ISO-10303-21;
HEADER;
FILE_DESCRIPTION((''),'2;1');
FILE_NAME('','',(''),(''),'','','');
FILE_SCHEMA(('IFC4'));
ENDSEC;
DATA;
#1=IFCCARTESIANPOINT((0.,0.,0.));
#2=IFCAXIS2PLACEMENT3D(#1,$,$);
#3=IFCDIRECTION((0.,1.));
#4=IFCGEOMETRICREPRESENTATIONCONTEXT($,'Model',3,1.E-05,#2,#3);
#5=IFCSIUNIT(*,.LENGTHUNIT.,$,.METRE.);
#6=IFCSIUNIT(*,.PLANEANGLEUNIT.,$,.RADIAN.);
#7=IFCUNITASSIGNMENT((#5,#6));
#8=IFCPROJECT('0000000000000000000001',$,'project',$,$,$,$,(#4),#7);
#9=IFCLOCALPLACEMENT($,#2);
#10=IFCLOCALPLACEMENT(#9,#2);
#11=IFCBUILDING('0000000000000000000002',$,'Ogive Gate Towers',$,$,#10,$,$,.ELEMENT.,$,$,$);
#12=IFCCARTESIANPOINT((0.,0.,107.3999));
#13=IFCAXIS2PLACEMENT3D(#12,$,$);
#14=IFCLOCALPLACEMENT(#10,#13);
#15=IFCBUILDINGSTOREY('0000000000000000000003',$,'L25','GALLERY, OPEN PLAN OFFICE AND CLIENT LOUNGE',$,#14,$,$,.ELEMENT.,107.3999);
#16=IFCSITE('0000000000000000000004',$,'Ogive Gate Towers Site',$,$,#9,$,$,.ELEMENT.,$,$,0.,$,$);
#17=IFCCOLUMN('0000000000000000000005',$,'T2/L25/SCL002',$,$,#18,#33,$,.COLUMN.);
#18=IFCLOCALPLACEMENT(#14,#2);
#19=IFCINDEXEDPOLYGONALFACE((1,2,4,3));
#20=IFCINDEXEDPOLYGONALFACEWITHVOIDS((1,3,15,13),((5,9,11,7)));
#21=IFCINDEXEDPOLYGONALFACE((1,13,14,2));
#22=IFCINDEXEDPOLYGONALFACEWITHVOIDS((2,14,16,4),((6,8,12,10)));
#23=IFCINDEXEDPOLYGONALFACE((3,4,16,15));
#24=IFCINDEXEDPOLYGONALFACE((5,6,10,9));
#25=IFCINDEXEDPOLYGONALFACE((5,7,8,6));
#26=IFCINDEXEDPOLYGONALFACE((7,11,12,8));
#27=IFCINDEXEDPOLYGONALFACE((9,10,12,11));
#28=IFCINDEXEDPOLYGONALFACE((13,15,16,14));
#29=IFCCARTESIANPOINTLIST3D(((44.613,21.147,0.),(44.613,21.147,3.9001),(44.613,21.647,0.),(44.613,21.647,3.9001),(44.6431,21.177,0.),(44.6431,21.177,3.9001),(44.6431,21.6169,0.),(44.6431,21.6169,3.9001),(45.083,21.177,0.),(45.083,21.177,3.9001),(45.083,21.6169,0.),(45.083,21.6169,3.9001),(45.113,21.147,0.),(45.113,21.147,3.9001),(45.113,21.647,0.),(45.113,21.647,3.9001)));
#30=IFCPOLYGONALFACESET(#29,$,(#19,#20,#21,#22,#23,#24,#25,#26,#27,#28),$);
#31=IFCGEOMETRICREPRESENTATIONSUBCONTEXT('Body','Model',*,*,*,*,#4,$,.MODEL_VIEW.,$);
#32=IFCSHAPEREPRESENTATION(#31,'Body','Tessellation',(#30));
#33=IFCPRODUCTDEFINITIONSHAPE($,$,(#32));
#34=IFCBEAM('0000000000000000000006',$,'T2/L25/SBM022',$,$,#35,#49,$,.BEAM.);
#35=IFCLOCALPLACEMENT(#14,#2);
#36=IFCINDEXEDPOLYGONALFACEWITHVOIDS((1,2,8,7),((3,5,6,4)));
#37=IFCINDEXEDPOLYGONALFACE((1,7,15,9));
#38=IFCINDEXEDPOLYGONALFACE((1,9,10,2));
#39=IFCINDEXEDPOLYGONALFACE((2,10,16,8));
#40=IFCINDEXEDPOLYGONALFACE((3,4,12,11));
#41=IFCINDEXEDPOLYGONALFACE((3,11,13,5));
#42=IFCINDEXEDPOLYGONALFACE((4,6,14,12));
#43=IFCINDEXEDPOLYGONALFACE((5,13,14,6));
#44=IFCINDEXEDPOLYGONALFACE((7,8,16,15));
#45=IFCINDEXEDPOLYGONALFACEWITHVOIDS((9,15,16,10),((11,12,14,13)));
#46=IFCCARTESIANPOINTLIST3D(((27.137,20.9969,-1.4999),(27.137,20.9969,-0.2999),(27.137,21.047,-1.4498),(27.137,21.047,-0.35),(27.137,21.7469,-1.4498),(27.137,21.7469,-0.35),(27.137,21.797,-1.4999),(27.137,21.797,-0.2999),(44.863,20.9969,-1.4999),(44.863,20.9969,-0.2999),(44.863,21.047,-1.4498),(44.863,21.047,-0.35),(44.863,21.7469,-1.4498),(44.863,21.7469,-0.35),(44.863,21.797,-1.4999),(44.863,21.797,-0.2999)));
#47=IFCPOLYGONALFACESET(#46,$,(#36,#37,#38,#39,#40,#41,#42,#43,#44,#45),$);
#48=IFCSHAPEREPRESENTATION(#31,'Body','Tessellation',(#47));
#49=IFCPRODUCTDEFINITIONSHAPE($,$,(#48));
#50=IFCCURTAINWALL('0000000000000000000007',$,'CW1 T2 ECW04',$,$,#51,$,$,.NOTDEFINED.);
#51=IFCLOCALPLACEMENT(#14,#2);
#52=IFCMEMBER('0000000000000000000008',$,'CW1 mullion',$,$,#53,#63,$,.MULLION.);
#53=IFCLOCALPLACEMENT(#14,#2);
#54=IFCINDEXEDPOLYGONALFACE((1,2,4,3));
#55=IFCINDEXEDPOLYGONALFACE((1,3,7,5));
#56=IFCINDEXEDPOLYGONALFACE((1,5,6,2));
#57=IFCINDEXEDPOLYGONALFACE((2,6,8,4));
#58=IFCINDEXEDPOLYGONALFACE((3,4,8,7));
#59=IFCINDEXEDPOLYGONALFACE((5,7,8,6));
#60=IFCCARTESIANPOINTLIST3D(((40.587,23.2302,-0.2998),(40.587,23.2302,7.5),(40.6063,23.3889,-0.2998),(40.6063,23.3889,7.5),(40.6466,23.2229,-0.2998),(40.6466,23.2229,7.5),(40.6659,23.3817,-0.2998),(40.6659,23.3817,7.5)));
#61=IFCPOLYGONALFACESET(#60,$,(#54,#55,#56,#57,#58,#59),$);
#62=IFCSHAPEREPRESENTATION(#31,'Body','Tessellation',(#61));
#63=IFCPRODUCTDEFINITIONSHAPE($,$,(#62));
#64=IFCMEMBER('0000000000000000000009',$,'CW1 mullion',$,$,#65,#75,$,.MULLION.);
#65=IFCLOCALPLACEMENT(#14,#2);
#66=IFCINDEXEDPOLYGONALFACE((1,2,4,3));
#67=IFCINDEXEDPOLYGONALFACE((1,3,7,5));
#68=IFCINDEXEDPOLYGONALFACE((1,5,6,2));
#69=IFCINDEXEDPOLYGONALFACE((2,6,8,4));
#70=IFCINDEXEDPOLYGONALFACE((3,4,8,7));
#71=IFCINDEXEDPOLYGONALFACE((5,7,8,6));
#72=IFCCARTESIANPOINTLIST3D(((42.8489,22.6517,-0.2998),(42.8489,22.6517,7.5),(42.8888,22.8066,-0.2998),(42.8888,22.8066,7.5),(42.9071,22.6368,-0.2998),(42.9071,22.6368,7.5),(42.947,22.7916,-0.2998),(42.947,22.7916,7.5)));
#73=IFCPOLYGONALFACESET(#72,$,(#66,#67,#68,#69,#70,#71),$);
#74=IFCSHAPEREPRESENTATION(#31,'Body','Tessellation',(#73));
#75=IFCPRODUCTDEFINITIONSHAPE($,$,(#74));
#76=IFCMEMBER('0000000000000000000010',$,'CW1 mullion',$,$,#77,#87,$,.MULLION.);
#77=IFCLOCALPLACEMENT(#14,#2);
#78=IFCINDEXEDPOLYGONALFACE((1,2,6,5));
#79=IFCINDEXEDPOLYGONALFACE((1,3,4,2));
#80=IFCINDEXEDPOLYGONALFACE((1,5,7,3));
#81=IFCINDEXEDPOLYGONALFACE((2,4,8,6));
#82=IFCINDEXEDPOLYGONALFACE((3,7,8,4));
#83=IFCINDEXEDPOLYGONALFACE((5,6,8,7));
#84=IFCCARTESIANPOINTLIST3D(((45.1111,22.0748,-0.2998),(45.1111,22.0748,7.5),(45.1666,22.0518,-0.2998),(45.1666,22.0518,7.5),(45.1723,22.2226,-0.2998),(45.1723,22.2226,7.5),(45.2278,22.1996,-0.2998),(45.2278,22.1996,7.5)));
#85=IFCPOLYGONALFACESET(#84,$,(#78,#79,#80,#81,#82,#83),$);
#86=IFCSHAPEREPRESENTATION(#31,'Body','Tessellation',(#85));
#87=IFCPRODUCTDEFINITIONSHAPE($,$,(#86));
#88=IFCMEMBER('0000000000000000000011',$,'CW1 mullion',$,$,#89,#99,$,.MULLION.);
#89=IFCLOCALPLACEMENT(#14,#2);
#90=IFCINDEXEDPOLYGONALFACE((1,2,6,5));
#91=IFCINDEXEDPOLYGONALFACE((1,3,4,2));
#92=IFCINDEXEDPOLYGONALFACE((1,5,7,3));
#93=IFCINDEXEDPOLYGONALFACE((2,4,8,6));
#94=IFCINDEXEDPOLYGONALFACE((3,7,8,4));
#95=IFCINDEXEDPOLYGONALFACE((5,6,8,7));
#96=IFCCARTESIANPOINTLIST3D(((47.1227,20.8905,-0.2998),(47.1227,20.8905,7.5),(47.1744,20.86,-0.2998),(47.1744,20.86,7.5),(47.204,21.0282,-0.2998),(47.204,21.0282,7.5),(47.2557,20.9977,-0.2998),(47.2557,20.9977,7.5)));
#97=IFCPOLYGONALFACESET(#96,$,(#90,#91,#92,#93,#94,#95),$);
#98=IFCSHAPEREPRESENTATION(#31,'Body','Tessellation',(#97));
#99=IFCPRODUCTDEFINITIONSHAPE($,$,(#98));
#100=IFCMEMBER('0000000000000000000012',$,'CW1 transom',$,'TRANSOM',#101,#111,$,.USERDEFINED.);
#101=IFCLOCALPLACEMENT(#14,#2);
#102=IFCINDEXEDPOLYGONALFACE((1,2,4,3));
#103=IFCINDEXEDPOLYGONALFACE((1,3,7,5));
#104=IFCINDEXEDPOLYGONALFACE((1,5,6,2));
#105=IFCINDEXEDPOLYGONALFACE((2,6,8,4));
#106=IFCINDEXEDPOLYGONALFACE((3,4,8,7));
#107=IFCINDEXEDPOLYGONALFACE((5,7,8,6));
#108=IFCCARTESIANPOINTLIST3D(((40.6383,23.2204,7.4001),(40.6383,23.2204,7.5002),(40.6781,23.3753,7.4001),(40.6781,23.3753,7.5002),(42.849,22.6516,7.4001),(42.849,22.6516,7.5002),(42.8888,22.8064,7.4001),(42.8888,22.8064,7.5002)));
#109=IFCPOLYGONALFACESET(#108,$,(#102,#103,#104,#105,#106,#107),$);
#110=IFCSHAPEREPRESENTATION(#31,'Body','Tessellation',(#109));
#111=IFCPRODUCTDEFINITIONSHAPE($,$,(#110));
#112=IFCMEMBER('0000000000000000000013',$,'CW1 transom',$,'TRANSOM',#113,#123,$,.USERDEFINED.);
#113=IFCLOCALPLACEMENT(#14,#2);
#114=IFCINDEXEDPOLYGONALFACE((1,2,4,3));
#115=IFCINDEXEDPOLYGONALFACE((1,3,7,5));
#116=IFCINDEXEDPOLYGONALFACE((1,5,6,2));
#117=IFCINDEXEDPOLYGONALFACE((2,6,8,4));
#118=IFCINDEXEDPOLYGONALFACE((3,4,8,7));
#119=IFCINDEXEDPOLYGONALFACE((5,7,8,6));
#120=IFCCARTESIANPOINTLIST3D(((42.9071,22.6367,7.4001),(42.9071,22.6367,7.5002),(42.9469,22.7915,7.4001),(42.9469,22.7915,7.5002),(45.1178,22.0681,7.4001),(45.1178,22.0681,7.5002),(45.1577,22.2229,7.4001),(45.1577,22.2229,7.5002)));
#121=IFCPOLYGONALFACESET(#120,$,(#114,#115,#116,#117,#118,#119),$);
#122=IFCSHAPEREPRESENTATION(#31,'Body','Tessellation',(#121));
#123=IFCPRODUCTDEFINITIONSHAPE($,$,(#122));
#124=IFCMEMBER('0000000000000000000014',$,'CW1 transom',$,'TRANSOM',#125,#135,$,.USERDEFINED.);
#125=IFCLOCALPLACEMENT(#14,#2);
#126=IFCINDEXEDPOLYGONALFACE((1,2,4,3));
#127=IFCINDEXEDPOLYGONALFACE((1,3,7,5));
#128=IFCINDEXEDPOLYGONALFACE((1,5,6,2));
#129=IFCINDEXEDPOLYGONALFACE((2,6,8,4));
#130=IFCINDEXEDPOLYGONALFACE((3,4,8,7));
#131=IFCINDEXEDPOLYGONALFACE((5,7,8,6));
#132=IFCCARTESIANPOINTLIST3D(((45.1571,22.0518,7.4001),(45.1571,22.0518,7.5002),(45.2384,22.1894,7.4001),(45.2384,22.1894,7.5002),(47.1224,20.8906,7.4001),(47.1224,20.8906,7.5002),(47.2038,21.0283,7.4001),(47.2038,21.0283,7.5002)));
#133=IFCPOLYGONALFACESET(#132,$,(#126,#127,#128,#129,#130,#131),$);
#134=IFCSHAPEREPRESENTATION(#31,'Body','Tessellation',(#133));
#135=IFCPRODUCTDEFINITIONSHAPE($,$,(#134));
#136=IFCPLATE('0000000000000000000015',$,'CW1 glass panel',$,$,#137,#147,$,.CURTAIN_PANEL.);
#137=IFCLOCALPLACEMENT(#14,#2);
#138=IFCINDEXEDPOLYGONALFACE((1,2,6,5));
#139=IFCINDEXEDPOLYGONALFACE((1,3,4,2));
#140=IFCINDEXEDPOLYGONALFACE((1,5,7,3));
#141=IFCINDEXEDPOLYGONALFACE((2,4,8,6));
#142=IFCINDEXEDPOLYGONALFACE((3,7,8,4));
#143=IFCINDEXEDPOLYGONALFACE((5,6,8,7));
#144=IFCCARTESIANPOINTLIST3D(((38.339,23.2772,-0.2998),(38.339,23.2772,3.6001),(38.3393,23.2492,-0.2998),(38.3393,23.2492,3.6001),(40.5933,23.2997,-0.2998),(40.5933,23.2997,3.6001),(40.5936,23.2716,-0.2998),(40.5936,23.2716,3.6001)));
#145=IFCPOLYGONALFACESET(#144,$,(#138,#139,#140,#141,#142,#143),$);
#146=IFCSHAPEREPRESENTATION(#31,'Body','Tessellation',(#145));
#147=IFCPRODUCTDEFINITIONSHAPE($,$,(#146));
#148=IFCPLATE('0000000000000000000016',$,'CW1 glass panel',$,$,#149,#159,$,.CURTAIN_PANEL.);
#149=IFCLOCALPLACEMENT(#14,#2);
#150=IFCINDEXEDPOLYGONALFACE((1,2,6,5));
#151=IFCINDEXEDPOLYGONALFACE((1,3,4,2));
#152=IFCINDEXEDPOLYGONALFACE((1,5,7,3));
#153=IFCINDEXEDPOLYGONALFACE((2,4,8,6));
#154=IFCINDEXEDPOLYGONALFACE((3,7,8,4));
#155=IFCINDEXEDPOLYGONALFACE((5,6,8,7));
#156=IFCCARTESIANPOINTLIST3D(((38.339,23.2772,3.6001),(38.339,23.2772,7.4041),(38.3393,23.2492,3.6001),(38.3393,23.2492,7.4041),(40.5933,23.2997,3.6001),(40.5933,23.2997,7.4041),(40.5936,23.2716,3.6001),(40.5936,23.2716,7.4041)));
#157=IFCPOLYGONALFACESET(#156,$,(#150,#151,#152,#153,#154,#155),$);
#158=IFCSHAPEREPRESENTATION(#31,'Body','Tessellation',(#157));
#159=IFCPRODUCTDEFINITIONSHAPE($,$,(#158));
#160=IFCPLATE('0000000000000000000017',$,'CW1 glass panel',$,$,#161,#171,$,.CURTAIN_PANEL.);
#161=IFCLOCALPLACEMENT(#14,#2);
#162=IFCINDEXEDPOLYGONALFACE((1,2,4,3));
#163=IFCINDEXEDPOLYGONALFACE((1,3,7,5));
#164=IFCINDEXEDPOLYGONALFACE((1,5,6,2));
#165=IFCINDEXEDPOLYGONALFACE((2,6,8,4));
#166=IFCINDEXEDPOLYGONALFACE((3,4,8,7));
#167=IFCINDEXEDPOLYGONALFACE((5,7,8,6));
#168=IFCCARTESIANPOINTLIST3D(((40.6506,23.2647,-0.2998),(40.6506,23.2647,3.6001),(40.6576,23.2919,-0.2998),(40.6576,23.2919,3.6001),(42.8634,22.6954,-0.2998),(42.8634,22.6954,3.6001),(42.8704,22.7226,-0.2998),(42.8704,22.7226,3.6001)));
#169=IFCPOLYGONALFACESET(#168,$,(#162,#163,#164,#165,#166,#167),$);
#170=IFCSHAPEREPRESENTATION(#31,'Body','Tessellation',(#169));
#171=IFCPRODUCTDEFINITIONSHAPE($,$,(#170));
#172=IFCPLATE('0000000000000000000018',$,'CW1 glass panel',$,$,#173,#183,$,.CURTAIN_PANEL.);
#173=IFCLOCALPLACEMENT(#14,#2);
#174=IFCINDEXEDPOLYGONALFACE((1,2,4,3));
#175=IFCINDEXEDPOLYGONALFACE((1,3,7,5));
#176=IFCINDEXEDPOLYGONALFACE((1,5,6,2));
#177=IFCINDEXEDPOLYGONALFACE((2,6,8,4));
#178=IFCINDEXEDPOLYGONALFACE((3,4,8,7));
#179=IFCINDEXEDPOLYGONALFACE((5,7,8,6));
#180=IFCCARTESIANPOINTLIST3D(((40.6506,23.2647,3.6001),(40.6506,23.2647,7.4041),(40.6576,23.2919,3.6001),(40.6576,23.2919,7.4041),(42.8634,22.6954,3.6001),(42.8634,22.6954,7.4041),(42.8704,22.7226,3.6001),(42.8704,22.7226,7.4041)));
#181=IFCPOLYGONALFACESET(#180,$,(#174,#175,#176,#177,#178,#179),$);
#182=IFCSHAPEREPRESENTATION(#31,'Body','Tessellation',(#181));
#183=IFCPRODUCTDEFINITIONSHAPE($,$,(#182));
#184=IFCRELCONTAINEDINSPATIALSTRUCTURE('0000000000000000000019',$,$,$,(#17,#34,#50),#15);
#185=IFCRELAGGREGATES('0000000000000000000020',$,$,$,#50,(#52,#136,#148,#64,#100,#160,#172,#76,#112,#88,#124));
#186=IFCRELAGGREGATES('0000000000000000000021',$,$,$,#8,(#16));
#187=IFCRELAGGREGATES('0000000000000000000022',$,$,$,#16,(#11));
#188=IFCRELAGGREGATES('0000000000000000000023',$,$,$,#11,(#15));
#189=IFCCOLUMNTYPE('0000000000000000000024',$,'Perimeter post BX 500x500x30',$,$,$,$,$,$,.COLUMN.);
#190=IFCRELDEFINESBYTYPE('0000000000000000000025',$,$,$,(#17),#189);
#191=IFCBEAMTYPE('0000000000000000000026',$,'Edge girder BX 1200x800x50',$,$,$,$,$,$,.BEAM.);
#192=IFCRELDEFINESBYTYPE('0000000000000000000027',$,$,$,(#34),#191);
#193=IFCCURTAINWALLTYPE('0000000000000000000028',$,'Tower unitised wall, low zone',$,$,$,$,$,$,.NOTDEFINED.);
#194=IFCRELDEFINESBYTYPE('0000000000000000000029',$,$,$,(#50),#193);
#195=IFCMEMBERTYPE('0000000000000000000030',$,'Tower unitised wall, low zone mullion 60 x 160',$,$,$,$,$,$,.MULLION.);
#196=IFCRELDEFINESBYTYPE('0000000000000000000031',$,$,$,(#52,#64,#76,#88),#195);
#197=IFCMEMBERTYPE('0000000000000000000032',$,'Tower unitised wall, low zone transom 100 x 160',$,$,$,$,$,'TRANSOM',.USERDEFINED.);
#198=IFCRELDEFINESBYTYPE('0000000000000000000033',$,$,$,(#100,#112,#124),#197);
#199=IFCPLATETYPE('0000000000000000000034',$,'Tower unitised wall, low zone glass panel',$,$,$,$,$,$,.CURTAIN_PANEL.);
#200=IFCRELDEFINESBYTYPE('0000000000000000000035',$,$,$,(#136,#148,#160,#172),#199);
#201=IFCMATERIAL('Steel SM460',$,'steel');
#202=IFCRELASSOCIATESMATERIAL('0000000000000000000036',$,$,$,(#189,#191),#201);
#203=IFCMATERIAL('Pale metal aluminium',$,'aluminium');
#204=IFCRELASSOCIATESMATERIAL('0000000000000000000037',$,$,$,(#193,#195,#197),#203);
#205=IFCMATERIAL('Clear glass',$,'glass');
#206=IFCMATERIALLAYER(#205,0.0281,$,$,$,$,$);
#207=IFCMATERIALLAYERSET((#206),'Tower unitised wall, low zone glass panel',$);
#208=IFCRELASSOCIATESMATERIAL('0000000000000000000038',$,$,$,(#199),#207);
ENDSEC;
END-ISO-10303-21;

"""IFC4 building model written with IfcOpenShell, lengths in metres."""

from ifc_helpers import new_model, si_unit, direction, frame, origin, origin_2d, place, context, subcontext, project, spatial, rectangle, hollow_rectangle, extrude, material, layer, layer_set, material_profile, profile_set, type_object, element, aggregate, save


model = new_model("IFC4")

# Units and contexts
model_context = context("Model", 3, precision=1e-05, world=origin(), true_north=direction((0.0, 1.0)))
body_context = subcontext(model_context, "Body", "Model", "MODEL_VIEW")
ifc_project = project(units=[si_unit("LENGTHUNIT", "METRE"), si_unit("PLANEANGLEUNIT", "RADIAN")], contexts=[model_context])

# Site, building, storey
site_placement = place(None, origin())
site = spatial("IfcSite", under=ifc_project, at=site_placement, Name="Ogive Gate Towers Site", CompositionType="ELEMENT", RefElevation=0.0)
building_placement = place(site_placement, origin())
building = spatial("IfcBuilding", under=site, at=building_placement, Name="Ogive Gate Towers", CompositionType="ELEMENT")
storey_placement = place(building_placement, frame((0.0, 0.0, 107.3999)))
storey = spatial("IfcBuildingStorey", under=building, at=storey_placement, Name="L25", Description="GALLERY, OPEN PLAN OFFICE AND CLIENT LOUNGE", CompositionType="ELEMENT", Elevation=107.3999)

# Column
ifc_material_1 = material(Name="Steel SM460", Category="steel")
ifc_material_profile_1 = material_profile(ifc_material_1, hollow_rectangle(XDim=0.5, YDim=0.5, WallThickness=0.03, at=origin_2d()), Name="BX 500x500x30")
ifc_profile_set_1 = profile_set([ifc_material_profile_1], Name="Steel SM460")
column_type = type_object("IfcColumnType", Name="Perimeter post BX 500x500x30", PredefinedType="COLUMN", material=ifc_profile_set_1)
column_placement = place(storey_placement, frame((44.863, 21.397, 0.0), z_axis=(0.0, 0.0, 1.0), x_axis=(1.0, 0.0, 0.0)))
element("IfcColumn", 1, at=column_placement, inside=storey, type_object=column_type, Name="T2/L25/SCL002", PredefinedType="COLUMN", context=body_context, shape_type="SweptSolid", body=[
    extrude(hollow_rectangle(XDim=0.5, YDim=0.5, WallThickness=0.03, at=origin_2d()), origin(), (0.0, 0.0, 1.0), 3.9001),
])

# Beam
ifc_material_profile_2 = material_profile(ifc_material_1, hollow_rectangle(XDim=0.8, YDim=1.2, WallThickness=0.05, at=origin_2d()), Name="BX 1200x800x50")
ifc_profile_set_2 = profile_set([ifc_material_profile_2], Name="Steel SM460")
beam_type = type_object("IfcBeamType", Name="Edge girder BX 1200x800x50", PredefinedType="BEAM", material=ifc_profile_set_2)
beam_placement = place(storey_placement, frame((44.863, 21.397, -0.8999), z_axis=(-1.0, 0.0, 0.0), x_axis=(0.0, -1.0, 0.0)))
element("IfcBeam", 2, at=beam_placement, inside=storey, type_object=beam_type, Name="T2/L25/SBM022", PredefinedType="BEAM", context=body_context, shape_type="SweptSolid", body=[
    extrude(hollow_rectangle(XDim=0.8, YDim=1.2, WallThickness=0.05, at=origin_2d()), origin(), (0.0, 0.0, 1.0), 17.7261),
])

# Curtain wall, members, plates
ifc_material_2 = material(Name="Pale metal aluminium", Category="aluminium")
curtain_wall_type = type_object("IfcCurtainWallType", Name="Tower unitised wall, low zone", PredefinedType="NOTDEFINED", material=ifc_material_2)
curtain_wall_placement = place(storey_placement, origin())
curtain_wall = element("IfcCurtainWall", 3, at=curtain_wall_placement, inside=storey, type_object=curtain_wall_type, Name="CW1 T2 ECW04", PredefinedType="NOTDEFINED")
ifc_material_profile_3 = material_profile(ifc_material_2, rectangle(XDim=0.1599, YDim=0.0601, at=origin_2d()), Name="60 x 160 aluminium box")
ifc_profile_set_3 = profile_set([ifc_material_profile_3], Name="Pale metal aluminium")
member_type_1 = type_object("IfcMemberType", Name="Tower unitised wall, low zone mullion 60 x 160", PredefinedType="MULLION", material=ifc_profile_set_3)
member_1_placement = place(storey_placement, frame((40.6265, 23.3059, -0.2998), z_axis=(0.0, 0.0, 1.0), x_axis=(-0.120639, -0.992696, 0.0)))
member_1 = element("IfcMember", 4, at=member_1_placement, type_object=member_type_1, Name="CW1 mullion", PredefinedType="MULLION", context=body_context, shape_type="SweptSolid", body=[
    extrude(rectangle(XDim=0.1599, YDim=0.0601, at=origin_2d()), origin(), (0.0, 0.0, 1.0), 7.7998),
])
member_2_placement = place(storey_placement, frame((42.8979, 22.7217, -0.2998), z_axis=(0.0, 0.0, 1.0), x_axis=(-0.249129, -0.96847, 0.0)))
member_2 = element("IfcMember", 5, at=member_2_placement, type_object=member_type_1, Name="CW1 mullion", PredefinedType="MULLION", context=body_context, shape_type="SweptSolid", body=[
    extrude(rectangle(XDim=0.1599, YDim=0.0601, at=origin_2d()), origin(), (0.0, 0.0, 1.0), 7.7998),
])
member_3_placement = place(storey_placement, frame((45.1694, 22.1372, -0.2998), z_axis=(0.0, 0.0, 1.0), x_axis=(-0.382667, -0.923886, 0.0)))
member_3 = element("IfcMember", 6, at=member_3_placement, type_object=member_type_1, Name="CW1 mullion", PredefinedType="MULLION", context=body_context, shape_type="SweptSolid", body=[
    extrude(rectangle(XDim=0.1599, YDim=0.0601, at=origin_2d()), origin(), (0.0, 0.0, 1.0), 7.7998),
])
member_4_placement = place(storey_placement, frame((47.1892, 20.9441, -0.2998), z_axis=(0.0, 0.0, 1.0), x_axis=(-0.508651, -0.860973, 0.0)))
member_4 = element("IfcMember", 7, at=member_4_placement, type_object=member_type_1, Name="CW1 mullion", PredefinedType="MULLION", context=body_context, shape_type="SweptSolid", body=[
    extrude(rectangle(XDim=0.1599, YDim=0.0601, at=origin_2d()), origin(), (0.0, 0.0, 1.0), 7.7998),
])
ifc_material_profile_4 = material_profile(ifc_material_2, rectangle(XDim=0.1599, YDim=0.1001, at=origin_2d()), Name="100 x 160 aluminium box")
ifc_profile_set_4 = profile_set([ifc_material_profile_4], Name="Pale metal aluminium")
member_type_2 = type_object("IfcMemberType", Name="Tower unitised wall, low zone transom 100 x 160", ElementType="TRANSOM", PredefinedType="USERDEFINED", material=ifc_profile_set_4)
member_5_placement = place(storey_placement, frame((40.6582, 23.2979, 7.4502), z_axis=(0.968452, -0.249199, 0.0), x_axis=(0.249199, 0.968452, 0.0)))
member_5 = element("IfcMember", 8, at=member_5_placement, type_object=member_type_2, Name="CW1 transom", ObjectType="TRANSOM", PredefinedType="USERDEFINED", context=body_context, shape_type="SweptSolid", body=[
    extrude(rectangle(XDim=0.1599, YDim=0.1001, at=origin_2d()), origin(), (0.0, 0.0, 1.0), 2.2827),
])
member_6_placement = place(storey_placement, frame((42.927, 22.7141, 7.4502), z_axis=(0.968478, -0.249098, 0.0), x_axis=(0.249098, 0.968478, 0.0)))
member_6 = element("IfcMember", 9, at=member_6_placement, type_object=member_type_2, Name="CW1 transom", ObjectType="TRANSOM", PredefinedType="USERDEFINED", context=body_context, shape_type="SweptSolid", body=[
    extrude(rectangle(XDim=0.1599, YDim=0.1001, at=origin_2d()), origin(), (0.0, 0.0, 1.0), 2.2827),
])
member_7_placement = place(storey_placement, frame((45.1978, 22.1206, 7.4502), z_axis=(0.860965, -0.508664, 0.0), x_axis=(0.508664, 0.860965, 0.0)))
member_7 = element("IfcMember", 10, at=member_7_placement, type_object=member_type_2, Name="CW1 transom", ObjectType="TRANSOM", PredefinedType="USERDEFINED", context=body_context, shape_type="SweptSolid", body=[
    extrude(rectangle(XDim=0.1599, YDim=0.1001, at=origin_2d()), origin(), (0.0, 0.0, 1.0), 2.2827),
])
ifc_material_3 = material(Name="Clear glass", Category="glass")
ifc_layer_1 = layer(ifc_material_3, 0.0281)
ifc_layer_set_1 = layer_set([ifc_layer_1], Name="Tower unitised wall, low zone glass panel")
plate_type = type_object("IfcPlateType", Name="Tower unitised wall, low zone glass panel", PredefinedType="CURTAIN_PANEL", material=ifc_layer_set_1)
plate_1_placement = place(storey_placement, frame((39.4663, 23.2744, -0.2998), z_axis=(0.0, 0.0, 1.0), x_axis=(0.999951, 0.009948, 0.0)))
plate_1 = element("IfcPlate", 11, at=plate_1_placement, type_object=plate_type, Name="CW1 glass panel", PredefinedType="CURTAIN_PANEL", context=body_context, shape_type="SweptSolid", body=[
    extrude(rectangle(XDim=2.2544, YDim=0.0281, at=origin_2d()), origin(), (0.0, 0.0, 1.0), 3.8999),
])
plate_2_placement = place(storey_placement, frame((39.4663, 23.2744, 3.6001), z_axis=(0.0, 0.0, 1.0), x_axis=(0.999951, 0.009948, 0.0)))
plate_2 = element("IfcPlate", 12, at=plate_2_placement, type_object=plate_type, Name="CW1 glass panel", PredefinedType="CURTAIN_PANEL", context=body_context, shape_type="SweptSolid", body=[
    extrude(rectangle(XDim=2.2544, YDim=0.0281, at=origin_2d()), origin(), (0.0, 0.0, 1.0), 3.804),
])
plate_3_placement = place(storey_placement, frame((41.7605, 22.9937, -0.2998), z_axis=(0.0, 0.0, 1.0), x_axis=(0.968466, -0.249146, 0.0)))
plate_3 = element("IfcPlate", 13, at=plate_3_placement, type_object=plate_type, Name="CW1 glass panel", PredefinedType="CURTAIN_PANEL", context=body_context, shape_type="SweptSolid", body=[
    extrude(rectangle(XDim=2.2849, YDim=0.0281, at=origin_2d()), origin(), (0.0, 0.0, 1.0), 3.8999),
])
plate_4_placement = place(storey_placement, frame((41.7605, 22.9937, 3.6001), z_axis=(0.0, 0.0, 1.0), x_axis=(0.968466, -0.249146, 0.0)))
plate_4 = element("IfcPlate", 14, at=plate_4_placement, type_object=plate_type, Name="CW1 glass panel", PredefinedType="CURTAIN_PANEL", context=body_context, shape_type="SweptSolid", body=[
    extrude(rectangle(XDim=2.2849, YDim=0.0281, at=origin_2d()), origin(), (0.0, 0.0, 1.0), 3.804),
])
aggregate(curtain_wall, [member_1, plate_1, plate_2, member_2, member_5, plate_3, plate_4, member_3, member_6, member_4, member_7])

save(model, "model.ifc")
